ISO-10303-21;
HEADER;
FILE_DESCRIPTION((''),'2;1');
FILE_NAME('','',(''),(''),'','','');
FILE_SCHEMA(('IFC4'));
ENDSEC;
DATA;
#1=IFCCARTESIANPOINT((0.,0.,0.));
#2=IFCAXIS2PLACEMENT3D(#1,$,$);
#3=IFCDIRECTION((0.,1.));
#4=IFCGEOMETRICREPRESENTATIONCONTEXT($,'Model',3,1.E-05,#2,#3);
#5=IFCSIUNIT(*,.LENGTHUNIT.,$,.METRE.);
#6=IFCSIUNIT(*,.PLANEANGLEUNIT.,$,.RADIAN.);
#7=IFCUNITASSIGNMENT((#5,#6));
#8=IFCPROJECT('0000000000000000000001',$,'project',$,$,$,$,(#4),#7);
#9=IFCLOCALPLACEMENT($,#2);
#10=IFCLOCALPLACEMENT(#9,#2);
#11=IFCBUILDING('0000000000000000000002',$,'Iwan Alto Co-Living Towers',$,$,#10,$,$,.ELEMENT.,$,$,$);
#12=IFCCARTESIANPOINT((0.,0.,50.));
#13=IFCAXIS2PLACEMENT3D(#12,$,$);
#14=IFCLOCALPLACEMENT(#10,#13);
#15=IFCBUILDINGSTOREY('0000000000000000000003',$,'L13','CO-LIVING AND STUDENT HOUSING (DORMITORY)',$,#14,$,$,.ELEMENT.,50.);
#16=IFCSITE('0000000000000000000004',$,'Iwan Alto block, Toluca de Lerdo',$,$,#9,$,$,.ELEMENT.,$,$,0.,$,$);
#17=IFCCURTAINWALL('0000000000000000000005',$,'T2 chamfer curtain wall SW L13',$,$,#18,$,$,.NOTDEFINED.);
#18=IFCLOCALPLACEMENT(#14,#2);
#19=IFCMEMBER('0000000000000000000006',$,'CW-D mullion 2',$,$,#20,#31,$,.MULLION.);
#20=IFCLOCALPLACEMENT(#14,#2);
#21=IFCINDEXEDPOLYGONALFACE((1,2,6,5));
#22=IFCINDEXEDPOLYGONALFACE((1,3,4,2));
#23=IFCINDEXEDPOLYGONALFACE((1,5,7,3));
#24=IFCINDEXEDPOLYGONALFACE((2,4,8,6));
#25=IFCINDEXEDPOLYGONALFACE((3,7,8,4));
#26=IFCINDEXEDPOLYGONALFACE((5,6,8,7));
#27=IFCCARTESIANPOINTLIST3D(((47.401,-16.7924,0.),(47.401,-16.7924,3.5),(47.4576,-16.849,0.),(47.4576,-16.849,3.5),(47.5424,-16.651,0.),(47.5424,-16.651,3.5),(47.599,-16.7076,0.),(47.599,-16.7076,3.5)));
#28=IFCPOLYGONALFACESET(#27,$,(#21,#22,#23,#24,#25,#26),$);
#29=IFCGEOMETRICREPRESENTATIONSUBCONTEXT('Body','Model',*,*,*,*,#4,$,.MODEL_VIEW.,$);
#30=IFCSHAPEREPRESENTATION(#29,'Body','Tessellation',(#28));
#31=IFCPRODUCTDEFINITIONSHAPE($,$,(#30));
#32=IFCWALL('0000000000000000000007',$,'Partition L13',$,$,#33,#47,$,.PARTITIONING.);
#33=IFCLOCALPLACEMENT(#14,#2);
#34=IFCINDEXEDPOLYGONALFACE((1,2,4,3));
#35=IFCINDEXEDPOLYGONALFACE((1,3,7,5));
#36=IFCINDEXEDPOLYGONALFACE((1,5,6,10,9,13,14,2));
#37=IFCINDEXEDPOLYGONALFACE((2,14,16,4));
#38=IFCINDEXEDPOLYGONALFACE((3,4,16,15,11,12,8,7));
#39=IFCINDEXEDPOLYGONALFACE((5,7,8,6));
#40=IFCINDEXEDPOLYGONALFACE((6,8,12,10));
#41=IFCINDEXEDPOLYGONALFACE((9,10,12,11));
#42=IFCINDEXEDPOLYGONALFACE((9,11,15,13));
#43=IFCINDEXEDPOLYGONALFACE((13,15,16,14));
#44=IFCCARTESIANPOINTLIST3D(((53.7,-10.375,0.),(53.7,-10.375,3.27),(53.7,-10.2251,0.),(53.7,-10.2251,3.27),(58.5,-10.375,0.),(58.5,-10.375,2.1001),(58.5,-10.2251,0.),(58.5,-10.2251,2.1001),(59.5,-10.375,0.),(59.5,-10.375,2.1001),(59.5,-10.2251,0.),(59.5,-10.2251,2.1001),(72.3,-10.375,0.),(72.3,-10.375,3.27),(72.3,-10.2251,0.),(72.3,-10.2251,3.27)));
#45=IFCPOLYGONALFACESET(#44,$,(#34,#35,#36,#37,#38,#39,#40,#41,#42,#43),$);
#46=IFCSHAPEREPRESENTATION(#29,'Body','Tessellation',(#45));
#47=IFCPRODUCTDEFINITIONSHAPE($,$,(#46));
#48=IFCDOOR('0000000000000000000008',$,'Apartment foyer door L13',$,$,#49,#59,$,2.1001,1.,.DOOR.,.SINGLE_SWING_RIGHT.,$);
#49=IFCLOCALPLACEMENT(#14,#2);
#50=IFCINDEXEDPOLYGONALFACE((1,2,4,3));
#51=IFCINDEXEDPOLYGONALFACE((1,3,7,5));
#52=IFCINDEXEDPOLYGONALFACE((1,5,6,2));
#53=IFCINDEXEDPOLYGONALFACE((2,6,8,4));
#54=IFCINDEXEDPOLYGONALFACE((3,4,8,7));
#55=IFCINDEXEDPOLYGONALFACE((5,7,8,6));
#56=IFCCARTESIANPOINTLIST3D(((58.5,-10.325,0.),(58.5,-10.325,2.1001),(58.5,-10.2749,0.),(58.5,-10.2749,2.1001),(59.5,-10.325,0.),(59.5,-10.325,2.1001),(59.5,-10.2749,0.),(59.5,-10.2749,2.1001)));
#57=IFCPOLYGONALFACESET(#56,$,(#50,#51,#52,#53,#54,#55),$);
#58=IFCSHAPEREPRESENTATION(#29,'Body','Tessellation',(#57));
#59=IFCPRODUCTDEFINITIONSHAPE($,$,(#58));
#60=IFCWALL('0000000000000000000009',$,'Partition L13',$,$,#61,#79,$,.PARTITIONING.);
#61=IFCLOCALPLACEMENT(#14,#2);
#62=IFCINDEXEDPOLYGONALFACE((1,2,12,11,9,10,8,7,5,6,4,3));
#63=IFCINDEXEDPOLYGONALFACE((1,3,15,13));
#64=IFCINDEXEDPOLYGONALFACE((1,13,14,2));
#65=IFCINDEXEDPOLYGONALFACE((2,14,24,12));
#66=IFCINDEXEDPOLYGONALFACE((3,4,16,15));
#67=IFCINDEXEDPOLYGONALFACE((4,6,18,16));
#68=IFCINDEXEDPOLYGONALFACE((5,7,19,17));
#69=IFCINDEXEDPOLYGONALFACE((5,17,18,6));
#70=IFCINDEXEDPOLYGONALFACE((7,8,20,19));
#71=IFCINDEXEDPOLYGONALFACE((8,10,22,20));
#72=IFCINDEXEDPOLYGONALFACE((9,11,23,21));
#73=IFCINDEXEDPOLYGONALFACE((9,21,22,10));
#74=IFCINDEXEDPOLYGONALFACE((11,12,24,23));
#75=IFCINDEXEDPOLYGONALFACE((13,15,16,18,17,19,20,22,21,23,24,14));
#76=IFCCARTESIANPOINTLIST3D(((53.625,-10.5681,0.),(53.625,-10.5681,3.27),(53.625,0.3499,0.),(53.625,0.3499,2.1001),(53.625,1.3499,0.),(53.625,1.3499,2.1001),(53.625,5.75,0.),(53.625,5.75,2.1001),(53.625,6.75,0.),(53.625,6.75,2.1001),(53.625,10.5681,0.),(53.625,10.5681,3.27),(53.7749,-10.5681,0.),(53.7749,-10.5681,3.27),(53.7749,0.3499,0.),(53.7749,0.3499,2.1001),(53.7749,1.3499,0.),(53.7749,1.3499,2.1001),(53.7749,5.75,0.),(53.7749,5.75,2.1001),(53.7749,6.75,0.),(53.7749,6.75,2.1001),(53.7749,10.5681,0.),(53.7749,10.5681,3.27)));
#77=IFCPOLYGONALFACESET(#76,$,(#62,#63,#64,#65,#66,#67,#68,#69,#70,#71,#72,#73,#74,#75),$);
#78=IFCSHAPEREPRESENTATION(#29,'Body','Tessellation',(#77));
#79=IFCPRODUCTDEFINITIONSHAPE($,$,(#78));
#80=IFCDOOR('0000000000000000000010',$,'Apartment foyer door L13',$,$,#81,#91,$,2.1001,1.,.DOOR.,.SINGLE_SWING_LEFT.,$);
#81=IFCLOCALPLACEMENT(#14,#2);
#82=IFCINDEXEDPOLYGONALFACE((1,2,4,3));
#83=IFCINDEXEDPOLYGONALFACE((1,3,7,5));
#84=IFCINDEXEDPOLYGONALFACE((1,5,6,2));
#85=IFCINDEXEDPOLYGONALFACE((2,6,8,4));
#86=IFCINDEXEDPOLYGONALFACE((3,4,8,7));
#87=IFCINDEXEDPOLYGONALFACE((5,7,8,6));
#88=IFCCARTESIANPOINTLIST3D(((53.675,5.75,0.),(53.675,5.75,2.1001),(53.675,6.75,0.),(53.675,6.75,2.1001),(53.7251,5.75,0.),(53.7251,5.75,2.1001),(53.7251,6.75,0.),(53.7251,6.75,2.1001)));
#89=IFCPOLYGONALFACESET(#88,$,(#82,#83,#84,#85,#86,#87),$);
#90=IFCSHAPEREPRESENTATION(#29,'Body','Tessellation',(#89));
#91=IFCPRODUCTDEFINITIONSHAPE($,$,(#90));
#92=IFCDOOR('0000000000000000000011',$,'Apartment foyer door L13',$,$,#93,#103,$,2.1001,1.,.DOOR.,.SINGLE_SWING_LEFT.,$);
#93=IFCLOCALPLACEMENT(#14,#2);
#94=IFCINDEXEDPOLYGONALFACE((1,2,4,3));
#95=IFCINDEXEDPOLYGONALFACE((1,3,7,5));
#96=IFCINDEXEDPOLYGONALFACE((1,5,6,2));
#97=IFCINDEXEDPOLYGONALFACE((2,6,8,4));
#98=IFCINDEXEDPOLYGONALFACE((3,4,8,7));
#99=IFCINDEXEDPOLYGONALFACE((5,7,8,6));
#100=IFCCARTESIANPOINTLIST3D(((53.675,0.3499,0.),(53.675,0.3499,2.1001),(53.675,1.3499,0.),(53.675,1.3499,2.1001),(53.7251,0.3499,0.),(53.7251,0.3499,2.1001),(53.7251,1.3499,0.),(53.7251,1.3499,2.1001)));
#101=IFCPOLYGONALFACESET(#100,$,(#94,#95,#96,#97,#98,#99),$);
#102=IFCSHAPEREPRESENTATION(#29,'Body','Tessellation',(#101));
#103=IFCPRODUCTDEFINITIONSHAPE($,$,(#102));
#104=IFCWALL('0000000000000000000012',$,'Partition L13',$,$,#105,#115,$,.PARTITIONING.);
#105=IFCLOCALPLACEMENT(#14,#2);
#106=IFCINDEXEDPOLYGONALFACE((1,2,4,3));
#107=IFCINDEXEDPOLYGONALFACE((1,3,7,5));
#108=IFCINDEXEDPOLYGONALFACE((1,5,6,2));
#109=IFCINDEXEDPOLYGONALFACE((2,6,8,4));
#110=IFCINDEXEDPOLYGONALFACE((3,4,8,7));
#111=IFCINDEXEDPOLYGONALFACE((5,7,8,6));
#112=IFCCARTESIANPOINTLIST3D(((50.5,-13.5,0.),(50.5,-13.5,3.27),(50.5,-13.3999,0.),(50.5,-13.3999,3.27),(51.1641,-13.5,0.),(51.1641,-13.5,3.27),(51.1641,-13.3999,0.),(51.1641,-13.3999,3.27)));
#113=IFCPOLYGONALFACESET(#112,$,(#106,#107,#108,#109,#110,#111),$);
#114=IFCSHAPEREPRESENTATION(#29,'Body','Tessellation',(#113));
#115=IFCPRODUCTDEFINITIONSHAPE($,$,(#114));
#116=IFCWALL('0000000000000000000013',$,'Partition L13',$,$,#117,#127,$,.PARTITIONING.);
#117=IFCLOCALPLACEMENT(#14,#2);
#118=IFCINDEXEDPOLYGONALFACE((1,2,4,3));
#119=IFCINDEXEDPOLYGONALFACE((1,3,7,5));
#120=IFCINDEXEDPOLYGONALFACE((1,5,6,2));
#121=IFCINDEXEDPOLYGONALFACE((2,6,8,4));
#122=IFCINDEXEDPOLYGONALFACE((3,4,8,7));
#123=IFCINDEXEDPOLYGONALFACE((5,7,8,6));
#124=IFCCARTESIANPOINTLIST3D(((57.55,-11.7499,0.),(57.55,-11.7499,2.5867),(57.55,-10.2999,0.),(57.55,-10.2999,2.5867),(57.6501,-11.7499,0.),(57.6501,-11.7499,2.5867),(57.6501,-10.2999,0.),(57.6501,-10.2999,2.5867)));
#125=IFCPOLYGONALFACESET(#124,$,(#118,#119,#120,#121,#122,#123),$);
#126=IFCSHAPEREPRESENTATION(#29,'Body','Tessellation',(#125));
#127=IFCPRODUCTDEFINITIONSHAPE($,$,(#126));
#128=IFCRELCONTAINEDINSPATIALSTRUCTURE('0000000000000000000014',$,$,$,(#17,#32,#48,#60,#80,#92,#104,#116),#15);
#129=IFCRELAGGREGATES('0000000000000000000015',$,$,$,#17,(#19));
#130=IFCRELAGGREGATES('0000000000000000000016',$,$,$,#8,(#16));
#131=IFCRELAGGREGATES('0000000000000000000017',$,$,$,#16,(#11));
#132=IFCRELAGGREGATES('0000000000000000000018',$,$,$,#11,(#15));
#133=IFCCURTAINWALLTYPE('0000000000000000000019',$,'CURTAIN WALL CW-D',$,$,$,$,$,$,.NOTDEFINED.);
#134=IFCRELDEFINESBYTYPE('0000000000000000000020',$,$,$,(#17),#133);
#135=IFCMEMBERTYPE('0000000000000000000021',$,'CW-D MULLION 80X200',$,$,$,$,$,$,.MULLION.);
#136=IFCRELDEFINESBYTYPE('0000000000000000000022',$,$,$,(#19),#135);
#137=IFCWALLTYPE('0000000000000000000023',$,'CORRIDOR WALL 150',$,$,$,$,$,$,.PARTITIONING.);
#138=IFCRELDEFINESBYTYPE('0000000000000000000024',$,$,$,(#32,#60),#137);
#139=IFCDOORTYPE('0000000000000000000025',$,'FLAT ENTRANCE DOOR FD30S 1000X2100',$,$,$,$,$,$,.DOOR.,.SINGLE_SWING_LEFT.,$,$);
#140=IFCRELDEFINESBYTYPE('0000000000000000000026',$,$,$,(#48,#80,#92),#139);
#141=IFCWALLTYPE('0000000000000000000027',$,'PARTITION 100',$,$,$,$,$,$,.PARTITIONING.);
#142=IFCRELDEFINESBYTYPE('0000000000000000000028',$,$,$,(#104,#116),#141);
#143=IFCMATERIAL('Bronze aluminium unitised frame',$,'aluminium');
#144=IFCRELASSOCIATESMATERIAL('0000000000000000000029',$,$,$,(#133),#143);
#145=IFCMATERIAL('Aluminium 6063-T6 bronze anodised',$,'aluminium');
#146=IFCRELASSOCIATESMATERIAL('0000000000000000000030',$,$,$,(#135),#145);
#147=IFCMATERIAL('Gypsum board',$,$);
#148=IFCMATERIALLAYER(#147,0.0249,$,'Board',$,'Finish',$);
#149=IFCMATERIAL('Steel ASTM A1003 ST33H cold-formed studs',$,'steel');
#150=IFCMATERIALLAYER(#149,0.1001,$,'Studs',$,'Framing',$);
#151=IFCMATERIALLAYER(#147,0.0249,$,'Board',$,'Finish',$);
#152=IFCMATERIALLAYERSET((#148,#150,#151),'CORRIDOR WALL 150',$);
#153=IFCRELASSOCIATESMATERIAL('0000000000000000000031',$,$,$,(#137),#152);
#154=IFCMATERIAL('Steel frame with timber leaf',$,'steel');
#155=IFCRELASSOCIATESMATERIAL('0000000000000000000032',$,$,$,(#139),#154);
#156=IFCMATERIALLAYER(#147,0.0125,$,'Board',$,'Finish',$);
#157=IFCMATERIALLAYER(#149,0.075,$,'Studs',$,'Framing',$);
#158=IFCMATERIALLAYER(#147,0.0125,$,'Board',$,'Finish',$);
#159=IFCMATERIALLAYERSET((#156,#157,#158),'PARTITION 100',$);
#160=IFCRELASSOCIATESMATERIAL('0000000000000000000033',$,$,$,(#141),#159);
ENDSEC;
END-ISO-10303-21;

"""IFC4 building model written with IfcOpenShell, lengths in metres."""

from ifc_helpers import new_model, si_unit, direction, frame, frame_2d, origin, origin_2d, place, context, subcontext, project, spatial, rectangle, extrude, material, layer, layer_set, material_profile, profile_set, type_object, element, fill, aggregate, save


model = new_model("IFC4")

# Units and contexts
model_context = context("Model", 3, precision=1e-05, world=origin(), true_north=direction((0.0, 1.0)))
body_context = subcontext(model_context, "Body", "Model", "MODEL_VIEW")
ifc_project = project(units=[si_unit("LENGTHUNIT", "METRE"), si_unit("PLANEANGLEUNIT", "RADIAN")], contexts=[model_context])

# Site, building, storey
site_placement = place(None, origin())
site = spatial("IfcSite", under=ifc_project, at=site_placement, Name="Iwan Alto block, Toluca de Lerdo", CompositionType="ELEMENT", RefElevation=0.0)
building_placement = place(site_placement, origin())
building = spatial("IfcBuilding", under=site, at=building_placement, Name="Iwan Alto Co-Living Towers", CompositionType="ELEMENT")
storey_placement = place(building_placement, frame((0.0, 0.0, 50.0)))
storey = spatial("IfcBuildingStorey", under=building, at=storey_placement, Name="L13", Description="CO-LIVING AND STUDENT HOUSING (DORMITORY)", CompositionType="ELEMENT", Elevation=50.0)

# Curtain wall, member
ifc_material_1 = material(Name="Bronze aluminium unitised frame", Category="aluminium")
curtain_wall_type = type_object("IfcCurtainWallType", Name="CURTAIN WALL CW-D", PredefinedType="NOTDEFINED", material=ifc_material_1)
curtain_wall_placement = place(storey_placement, origin())
curtain_wall = element("IfcCurtainWall", 1, at=curtain_wall_placement, inside=storey, type_object=curtain_wall_type, Name="T2 chamfer curtain wall SW L13", PredefinedType="NOTDEFINED")
ifc_material_2 = material(Name="Aluminium 6063-T6 bronze anodised", Category="aluminium")
ifc_material_profile = material_profile(ifc_material_2, rectangle(XDim=0.2, YDim=0.0801, at=origin_2d()), Name="AL 80X200")
ifc_profile_set = profile_set([ifc_material_profile], Name="Aluminium 6063-T6 bronze anodised")
member_type = type_object("IfcMemberType", Name="CW-D MULLION 80X200", PredefinedType="MULLION", material=ifc_profile_set)
member_placement = place(storey_placement, frame((47.5, -16.75, 0.0), z_axis=(0.0, 0.0, 1.0), x_axis=(0.707107, 0.707107, 0.0)))
member = element("IfcMember", 2, at=member_placement, type_object=member_type, Name="CW-D mullion 2", PredefinedType="MULLION", context=body_context, shape_type="SweptSolid", body=[
    extrude(rectangle(XDim=0.2, YDim=0.0801, at=origin_2d()), origin(), (0.0, 0.0, 1.0), 3.5),
])
aggregate(curtain_wall, [member])

# Wall, opening, door
ifc_material_3 = material(Name="Gypsum board")
ifc_layer_1 = layer(ifc_material_3, 0.0249, Name="Board", Category="Finish")
ifc_material_4 = material(Name="Steel ASTM A1003 ST33H cold-formed studs", Category="steel")
ifc_layer_2 = layer(ifc_material_4, 0.1001, Name="Studs", Category="Framing")
ifc_layer_3 = layer(ifc_material_3, 0.0249, Name="Board", Category="Finish")
ifc_layer_set_1 = layer_set([ifc_layer_1, ifc_layer_2, ifc_layer_3], Name="CORRIDOR WALL 150")
wall_type_1 = type_object("IfcWallType", Name="CORRIDOR WALL 150", PredefinedType="PARTITIONING", material=ifc_layer_set_1)
wall_1_placement = place(storey_placement, frame((53.7, -10.3, 0.0), z_axis=(0.0, 0.0, 1.0), x_axis=(1.0, 0.0, 0.0)))
wall_1 = element("IfcWall", 3, at=wall_1_placement, inside=storey, type_object=wall_type_1, Name="Partition L13", PredefinedType="PARTITIONING", context=body_context, shape_type="SweptSolid", body=[
    extrude(rectangle(XDim=18.6001, YDim=0.1499, at=frame_2d((9.3, 0.0))), origin(), (0.0, 0.0, 1.0), 3.27),
])
opening_1_placement = place(wall_1_placement, frame((4.8, 0.0, 0.0)))
opening_1 = element("IfcOpeningElement", 4, at=opening_1_placement, cuts=wall_1, PredefinedType="OPENING", context=body_context, shape_type="SweptSolid", body=[
    extrude(rectangle(XDim=1.0, YDim=2.1001, at=frame_2d((0.5, 1.05))), frame((0.0, 0.085, 0.0), z_axis=(0.0, -1.0, 0.0), x_axis=(1.0, 0.0, 0.0)), (0.0, 0.0, 1.0), 0.1699),
])
ifc_material_5 = material(Name="Steel frame with timber leaf", Category="steel")
door_type_1 = type_object("IfcDoorType", Name="FLAT ENTRANCE DOOR FD30S 1000X2100", OperationType="SINGLE_SWING_LEFT", PredefinedType="DOOR", material=ifc_material_5)
door_1_placement = place(opening_1_placement, frame((1.0, 0.0, 0.0), z_axis=(0.0, 0.0, 1.0), x_axis=(-1.0, 0.0, 0.0)))
door_1 = element("IfcDoor", 5, at=door_1_placement, inside=storey, type_object=door_type_1, Name="Apartment foyer door L13", OperationType="SINGLE_SWING_RIGHT", OverallHeight=2.1001, OverallWidth=1.0, PredefinedType="DOOR", context=body_context, shape_type="SweptSolid", body=[
    extrude(rectangle(XDim=1.0, YDim=2.1001, at=frame_2d((0.5, 1.05))), frame((0.0, 0.0249, 0.0), z_axis=(0.0, -1.0, 0.0), x_axis=(1.0, 0.0, 0.0)), (0.0, 0.0, 1.0), 0.05),
])
fill(opening_1, door_1)

# Wall, openings, doors
wall_2_placement = place(storey_placement, frame((53.7, -10.5681, 0.0), z_axis=(0.0, 0.0, 1.0), x_axis=(0.0, 1.0, 0.0)))
wall_2 = element("IfcWall", 6, at=wall_2_placement, inside=storey, type_object=wall_type_1, Name="Partition L13", PredefinedType="PARTITIONING", context=body_context, shape_type="SweptSolid", body=[
    extrude(rectangle(XDim=21.1362, YDim=0.1499, at=frame_2d((10.5681, 0.0))), origin(), (0.0, 0.0, 1.0), 3.27),
])
opening_2_placement = place(wall_2_placement, frame((16.3181, 0.0, 0.0)))
opening_2 = element("IfcOpeningElement", 7, at=opening_2_placement, cuts=wall_2, PredefinedType="OPENING", context=body_context, shape_type="SweptSolid", body=[
    extrude(rectangle(XDim=1.0, YDim=2.1001, at=frame_2d((0.5, 1.05))), frame((0.0, 0.085, 0.0), z_axis=(0.0, -1.0, 0.0), x_axis=(1.0, 0.0, 0.0)), (0.0, 0.0, 1.0), 0.1699),
])
opening_3_placement = place(wall_2_placement, frame((10.918, 0.0, 0.0)))
opening_3 = element("IfcOpeningElement", 8, at=opening_3_placement, cuts=wall_2, PredefinedType="OPENING", context=body_context, shape_type="SweptSolid", body=[
    extrude(rectangle(XDim=1.0, YDim=2.1001, at=frame_2d((0.5, 1.05))), frame((0.0, 0.085, 0.0), z_axis=(0.0, -1.0, 0.0), x_axis=(1.0, 0.0, 0.0)), (0.0, 0.0, 1.0), 0.1699),
])
door_2_placement = place(opening_2_placement, origin())
door_2 = element("IfcDoor", 9, at=door_2_placement, inside=storey, type_object=door_type_1, Name="Apartment foyer door L13", OperationType="SINGLE_SWING_LEFT", OverallHeight=2.1001, OverallWidth=1.0, PredefinedType="DOOR", context=body_context, shape_type="SweptSolid", body=[
    extrude(rectangle(XDim=1.0, YDim=2.1001, at=frame_2d((0.5, 1.05))), frame((0.0, 0.0249, 0.0), z_axis=(0.0, -1.0, 0.0), x_axis=(1.0, 0.0, 0.0)), (0.0, 0.0, 1.0), 0.05),
])
fill(opening_2, door_2)
door_3_placement = place(opening_3_placement, origin())
door_3 = element("IfcDoor", 10, at=door_3_placement, inside=storey, type_object=door_type_1, Name="Apartment foyer door L13", OperationType="SINGLE_SWING_LEFT", OverallHeight=2.1001, OverallWidth=1.0, PredefinedType="DOOR", context=body_context, shape_type="SweptSolid", body=[
    extrude(rectangle(XDim=1.0, YDim=2.1001, at=frame_2d((0.5, 1.05))), frame((0.0, 0.0249, 0.0), z_axis=(0.0, -1.0, 0.0), x_axis=(1.0, 0.0, 0.0)), (0.0, 0.0, 1.0), 0.05),
])
fill(opening_3, door_3)

# Walls
ifc_layer_4 = layer(ifc_material_3, 0.0125, Name="Board", Category="Finish")
ifc_layer_5 = layer(ifc_material_4, 0.075, Name="Studs", Category="Framing")
ifc_layer_6 = layer(ifc_material_3, 0.0125, Name="Board", Category="Finish")
ifc_layer_set_2 = layer_set([ifc_layer_4, ifc_layer_5, ifc_layer_6], Name="PARTITION 100")
wall_type_2 = type_object("IfcWallType", Name="PARTITION 100", PredefinedType="PARTITIONING", material=ifc_layer_set_2)
wall_3_placement = place(storey_placement, frame((50.5, -13.45, 0.0), z_axis=(0.0, 0.0, 1.0), x_axis=(1.0, 0.0, 0.0)))
element("IfcWall", 11, at=wall_3_placement, inside=storey, type_object=wall_type_2, Name="Partition L13", PredefinedType="PARTITIONING", context=body_context, shape_type="SweptSolid", body=[
    extrude(rectangle(XDim=0.6641, YDim=0.1001, at=frame_2d((0.332, 0.0))), origin(), (0.0, 0.0, 1.0), 3.27),
])
wall_4_placement = place(storey_placement, frame((57.6001, -11.75, 0.0), z_axis=(0.0, 0.0, 1.0), x_axis=(0.0, 1.0, 0.0)))
element("IfcWall", 12, at=wall_4_placement, inside=storey, type_object=wall_type_2, Name="Partition L13", PredefinedType="PARTITIONING", context=body_context, shape_type="SweptSolid", body=[
    extrude(rectangle(XDim=1.45, YDim=0.1001, at=frame_2d((0.7251, 0.0))), origin(), (0.0, 0.0, 1.0), 2.5867),
])

save(model, "model.ifc")
